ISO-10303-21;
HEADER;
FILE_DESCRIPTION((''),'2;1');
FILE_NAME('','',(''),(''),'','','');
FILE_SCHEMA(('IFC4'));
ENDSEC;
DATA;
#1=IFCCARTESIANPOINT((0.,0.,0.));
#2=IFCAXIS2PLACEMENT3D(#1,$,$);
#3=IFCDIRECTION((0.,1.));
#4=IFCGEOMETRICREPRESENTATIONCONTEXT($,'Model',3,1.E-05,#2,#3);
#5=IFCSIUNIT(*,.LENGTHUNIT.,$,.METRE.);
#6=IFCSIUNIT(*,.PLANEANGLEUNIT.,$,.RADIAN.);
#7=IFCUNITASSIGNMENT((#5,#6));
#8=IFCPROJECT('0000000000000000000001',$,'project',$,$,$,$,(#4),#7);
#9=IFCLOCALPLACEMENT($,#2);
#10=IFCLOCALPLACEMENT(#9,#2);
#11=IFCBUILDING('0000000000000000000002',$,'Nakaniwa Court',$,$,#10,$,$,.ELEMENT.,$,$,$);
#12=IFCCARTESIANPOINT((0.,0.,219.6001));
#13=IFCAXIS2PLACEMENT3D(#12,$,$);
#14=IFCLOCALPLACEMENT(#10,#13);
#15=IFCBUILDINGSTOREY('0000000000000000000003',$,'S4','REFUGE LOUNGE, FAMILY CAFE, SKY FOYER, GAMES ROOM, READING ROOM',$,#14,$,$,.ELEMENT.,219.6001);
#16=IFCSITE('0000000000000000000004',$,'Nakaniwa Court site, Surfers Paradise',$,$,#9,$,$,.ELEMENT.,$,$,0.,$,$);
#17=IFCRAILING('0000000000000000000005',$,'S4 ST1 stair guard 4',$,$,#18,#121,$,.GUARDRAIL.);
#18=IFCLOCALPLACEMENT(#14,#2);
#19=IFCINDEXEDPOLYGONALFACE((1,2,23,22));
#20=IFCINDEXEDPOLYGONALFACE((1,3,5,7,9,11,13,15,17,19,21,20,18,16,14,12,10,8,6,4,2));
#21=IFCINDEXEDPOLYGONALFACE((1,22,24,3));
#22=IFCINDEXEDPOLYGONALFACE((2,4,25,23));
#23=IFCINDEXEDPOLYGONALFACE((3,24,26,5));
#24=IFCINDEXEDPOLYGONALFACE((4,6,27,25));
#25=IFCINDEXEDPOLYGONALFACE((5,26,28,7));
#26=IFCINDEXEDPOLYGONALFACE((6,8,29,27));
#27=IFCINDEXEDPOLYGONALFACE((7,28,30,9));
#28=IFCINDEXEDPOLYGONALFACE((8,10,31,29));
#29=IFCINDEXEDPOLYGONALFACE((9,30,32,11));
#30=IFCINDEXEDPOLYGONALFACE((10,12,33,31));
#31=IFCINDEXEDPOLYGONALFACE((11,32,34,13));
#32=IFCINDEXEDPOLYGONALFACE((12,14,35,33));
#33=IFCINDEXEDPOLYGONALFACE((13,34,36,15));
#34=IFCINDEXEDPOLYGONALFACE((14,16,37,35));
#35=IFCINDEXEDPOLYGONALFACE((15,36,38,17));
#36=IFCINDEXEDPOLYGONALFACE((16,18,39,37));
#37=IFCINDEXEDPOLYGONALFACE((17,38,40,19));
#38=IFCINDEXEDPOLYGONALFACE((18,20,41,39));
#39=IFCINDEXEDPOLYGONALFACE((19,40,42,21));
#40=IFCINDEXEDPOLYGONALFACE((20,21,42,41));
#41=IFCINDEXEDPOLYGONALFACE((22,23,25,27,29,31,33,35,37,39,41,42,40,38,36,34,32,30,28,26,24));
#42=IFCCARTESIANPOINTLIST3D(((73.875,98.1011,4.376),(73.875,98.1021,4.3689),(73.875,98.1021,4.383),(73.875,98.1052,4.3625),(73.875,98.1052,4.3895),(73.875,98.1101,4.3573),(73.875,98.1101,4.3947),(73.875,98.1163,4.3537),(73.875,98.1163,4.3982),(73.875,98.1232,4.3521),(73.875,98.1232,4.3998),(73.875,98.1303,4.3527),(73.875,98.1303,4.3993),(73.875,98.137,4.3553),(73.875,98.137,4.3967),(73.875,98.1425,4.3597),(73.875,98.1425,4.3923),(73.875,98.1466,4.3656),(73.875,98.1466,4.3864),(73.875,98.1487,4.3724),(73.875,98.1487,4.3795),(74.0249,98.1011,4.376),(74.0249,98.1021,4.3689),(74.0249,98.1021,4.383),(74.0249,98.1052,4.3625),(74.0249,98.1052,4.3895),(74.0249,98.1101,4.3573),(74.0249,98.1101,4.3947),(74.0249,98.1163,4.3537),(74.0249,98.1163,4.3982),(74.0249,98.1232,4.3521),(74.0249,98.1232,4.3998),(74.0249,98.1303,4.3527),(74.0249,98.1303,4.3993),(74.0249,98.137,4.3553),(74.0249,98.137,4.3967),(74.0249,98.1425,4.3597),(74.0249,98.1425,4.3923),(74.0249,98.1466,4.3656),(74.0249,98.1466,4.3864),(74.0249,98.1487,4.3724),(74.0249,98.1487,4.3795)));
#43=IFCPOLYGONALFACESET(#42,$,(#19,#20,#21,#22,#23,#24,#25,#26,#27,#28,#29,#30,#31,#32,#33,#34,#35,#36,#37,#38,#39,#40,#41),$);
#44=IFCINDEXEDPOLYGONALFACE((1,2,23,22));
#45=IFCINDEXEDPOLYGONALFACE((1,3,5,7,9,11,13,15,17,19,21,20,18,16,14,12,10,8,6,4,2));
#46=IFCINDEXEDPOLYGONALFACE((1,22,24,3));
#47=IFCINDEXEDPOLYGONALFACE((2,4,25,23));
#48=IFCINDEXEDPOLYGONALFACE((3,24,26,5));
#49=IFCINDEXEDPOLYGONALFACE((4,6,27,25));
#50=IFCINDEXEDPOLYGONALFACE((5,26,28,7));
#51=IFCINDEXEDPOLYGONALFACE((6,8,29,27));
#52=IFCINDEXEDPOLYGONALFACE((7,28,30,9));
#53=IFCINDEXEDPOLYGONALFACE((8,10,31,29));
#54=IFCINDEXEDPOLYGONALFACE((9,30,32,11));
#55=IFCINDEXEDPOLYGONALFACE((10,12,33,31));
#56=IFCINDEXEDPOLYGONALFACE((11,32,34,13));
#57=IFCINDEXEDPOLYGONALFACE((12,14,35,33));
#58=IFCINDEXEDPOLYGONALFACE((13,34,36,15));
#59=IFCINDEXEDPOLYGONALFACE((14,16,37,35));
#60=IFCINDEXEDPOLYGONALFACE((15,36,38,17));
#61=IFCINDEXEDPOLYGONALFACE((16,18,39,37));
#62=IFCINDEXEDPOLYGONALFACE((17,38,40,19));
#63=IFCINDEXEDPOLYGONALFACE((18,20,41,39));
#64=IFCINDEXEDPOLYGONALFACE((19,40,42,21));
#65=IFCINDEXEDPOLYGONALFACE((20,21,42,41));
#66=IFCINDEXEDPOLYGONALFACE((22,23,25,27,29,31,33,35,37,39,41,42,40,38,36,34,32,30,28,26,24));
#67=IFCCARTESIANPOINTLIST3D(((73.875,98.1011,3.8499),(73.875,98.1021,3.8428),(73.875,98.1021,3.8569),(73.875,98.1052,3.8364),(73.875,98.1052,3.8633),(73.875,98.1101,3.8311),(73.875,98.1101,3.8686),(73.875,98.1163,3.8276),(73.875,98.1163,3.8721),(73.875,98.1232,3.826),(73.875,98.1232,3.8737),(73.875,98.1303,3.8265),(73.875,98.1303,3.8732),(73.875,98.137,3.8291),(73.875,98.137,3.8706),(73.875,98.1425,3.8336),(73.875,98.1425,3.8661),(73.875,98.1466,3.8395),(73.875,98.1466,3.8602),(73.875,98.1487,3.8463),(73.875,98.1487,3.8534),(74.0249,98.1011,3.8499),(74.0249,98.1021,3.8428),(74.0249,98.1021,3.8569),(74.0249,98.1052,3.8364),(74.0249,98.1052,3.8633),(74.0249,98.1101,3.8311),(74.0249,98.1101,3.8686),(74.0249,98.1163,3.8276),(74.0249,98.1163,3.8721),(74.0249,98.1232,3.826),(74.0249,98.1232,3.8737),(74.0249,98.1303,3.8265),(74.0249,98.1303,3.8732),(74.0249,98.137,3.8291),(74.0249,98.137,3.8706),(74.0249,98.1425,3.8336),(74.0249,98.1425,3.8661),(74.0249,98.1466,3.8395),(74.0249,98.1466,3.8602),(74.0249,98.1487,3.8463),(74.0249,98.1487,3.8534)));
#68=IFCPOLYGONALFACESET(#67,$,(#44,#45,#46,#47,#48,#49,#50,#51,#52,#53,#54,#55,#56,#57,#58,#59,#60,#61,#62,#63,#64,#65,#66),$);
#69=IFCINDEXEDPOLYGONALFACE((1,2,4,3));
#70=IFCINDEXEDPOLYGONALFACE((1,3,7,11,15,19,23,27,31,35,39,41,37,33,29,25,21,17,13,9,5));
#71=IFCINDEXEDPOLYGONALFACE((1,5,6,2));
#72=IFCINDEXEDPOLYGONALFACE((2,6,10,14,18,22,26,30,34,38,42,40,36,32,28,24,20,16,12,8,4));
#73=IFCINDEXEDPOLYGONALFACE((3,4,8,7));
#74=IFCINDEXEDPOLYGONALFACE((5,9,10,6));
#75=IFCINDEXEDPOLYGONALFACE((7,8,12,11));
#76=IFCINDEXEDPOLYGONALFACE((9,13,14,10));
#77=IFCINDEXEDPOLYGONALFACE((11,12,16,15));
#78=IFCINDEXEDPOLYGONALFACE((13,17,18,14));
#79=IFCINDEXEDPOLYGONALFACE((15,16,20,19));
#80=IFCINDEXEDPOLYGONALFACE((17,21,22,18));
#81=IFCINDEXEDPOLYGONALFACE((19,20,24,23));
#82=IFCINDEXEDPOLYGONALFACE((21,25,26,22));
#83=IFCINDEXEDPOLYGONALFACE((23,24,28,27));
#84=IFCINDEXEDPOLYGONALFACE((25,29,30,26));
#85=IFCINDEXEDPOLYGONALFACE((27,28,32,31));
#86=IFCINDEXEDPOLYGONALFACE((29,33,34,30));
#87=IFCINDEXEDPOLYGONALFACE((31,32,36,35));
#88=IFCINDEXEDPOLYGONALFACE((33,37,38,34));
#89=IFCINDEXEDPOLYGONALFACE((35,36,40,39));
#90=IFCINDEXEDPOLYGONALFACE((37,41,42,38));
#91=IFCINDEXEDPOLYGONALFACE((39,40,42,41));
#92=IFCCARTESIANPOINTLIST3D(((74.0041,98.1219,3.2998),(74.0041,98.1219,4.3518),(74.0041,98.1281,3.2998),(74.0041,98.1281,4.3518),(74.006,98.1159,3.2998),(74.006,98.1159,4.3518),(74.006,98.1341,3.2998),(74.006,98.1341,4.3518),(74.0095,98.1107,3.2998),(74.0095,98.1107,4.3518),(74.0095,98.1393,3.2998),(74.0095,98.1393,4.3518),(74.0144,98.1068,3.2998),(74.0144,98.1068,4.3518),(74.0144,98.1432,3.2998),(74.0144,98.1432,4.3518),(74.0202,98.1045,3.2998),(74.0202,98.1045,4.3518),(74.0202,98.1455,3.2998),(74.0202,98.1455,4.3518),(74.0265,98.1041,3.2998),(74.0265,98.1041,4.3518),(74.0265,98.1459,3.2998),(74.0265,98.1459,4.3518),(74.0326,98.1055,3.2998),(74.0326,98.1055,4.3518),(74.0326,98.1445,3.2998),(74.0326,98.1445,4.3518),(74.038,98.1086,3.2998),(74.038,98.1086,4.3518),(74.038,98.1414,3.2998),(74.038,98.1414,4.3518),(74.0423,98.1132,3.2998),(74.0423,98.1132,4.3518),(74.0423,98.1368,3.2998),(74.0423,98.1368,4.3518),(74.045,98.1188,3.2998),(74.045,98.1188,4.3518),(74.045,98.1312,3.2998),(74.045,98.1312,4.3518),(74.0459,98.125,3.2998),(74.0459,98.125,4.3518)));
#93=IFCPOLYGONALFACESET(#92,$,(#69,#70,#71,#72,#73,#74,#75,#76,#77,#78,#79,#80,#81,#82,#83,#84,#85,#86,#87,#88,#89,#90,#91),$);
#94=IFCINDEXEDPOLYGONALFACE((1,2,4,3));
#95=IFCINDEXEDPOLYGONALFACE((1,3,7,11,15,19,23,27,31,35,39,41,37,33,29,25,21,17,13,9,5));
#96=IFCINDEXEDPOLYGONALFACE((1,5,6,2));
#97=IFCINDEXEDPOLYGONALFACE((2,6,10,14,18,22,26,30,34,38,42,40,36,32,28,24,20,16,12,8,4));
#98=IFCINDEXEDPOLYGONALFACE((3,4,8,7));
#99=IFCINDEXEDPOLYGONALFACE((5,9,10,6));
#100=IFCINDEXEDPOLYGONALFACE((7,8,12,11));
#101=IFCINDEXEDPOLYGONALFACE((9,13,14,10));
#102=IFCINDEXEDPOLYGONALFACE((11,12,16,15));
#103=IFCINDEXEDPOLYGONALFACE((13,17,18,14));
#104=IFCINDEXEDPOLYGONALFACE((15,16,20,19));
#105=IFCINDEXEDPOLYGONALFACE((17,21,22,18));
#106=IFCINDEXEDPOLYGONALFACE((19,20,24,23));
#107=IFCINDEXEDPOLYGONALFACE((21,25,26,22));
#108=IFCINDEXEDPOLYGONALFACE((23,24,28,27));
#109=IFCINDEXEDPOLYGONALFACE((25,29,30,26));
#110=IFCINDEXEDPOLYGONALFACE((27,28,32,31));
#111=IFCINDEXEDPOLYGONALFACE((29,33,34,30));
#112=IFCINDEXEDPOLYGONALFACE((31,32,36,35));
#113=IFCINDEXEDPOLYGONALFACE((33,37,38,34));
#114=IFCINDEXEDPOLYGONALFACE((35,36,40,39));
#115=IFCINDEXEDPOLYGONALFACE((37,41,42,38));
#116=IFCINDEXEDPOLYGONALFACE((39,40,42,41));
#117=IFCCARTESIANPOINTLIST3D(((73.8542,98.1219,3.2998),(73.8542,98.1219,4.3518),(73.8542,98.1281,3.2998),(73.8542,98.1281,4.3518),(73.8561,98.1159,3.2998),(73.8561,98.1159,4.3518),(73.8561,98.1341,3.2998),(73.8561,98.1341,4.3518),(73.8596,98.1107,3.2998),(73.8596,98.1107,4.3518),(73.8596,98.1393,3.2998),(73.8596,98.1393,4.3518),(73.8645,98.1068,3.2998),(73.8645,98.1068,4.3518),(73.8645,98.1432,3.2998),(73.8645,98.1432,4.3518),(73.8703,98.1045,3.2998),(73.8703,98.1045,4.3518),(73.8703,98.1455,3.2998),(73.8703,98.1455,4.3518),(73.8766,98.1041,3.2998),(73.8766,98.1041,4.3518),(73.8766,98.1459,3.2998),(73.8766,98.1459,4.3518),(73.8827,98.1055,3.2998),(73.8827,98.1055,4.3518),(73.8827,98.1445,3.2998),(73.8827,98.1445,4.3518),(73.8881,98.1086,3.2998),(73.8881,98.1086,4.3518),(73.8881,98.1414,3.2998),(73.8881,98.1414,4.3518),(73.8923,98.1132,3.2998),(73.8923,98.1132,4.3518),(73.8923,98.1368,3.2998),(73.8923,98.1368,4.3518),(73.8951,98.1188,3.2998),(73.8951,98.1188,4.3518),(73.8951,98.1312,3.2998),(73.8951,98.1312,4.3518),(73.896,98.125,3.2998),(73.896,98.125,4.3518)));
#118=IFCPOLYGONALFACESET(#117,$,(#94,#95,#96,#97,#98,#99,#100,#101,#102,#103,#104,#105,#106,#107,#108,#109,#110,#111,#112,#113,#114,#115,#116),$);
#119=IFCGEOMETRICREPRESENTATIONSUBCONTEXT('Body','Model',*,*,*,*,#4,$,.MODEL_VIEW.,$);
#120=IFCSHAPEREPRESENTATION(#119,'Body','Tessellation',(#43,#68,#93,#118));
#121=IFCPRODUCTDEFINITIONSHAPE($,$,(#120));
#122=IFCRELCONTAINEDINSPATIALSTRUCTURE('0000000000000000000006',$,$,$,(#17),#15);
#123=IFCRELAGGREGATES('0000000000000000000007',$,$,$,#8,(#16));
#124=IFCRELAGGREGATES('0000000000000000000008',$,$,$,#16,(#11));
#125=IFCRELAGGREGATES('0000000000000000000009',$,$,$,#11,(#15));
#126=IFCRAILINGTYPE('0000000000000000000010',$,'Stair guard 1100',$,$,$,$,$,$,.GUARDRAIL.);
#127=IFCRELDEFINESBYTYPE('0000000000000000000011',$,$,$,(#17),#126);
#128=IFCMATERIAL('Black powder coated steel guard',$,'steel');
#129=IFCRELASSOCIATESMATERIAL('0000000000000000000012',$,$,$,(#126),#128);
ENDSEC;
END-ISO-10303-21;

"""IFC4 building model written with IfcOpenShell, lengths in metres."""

from ifc_helpers import new_model, si_unit, direction, frame, origin, origin_2d, place, context, subcontext, project, spatial, circle, extrude, material, type_object, element, save


model = new_model("IFC4")

# Units and contexts
model_context = context("Model", 3, precision=1e-05, world=origin(), true_north=direction((0.0, 1.0)))
body_context = subcontext(model_context, "Body", "Model", "MODEL_VIEW")
ifc_project = project(units=[si_unit("LENGTHUNIT", "METRE"), si_unit("PLANEANGLEUNIT", "RADIAN")], contexts=[model_context])

# Site, building, storey
site_placement = place(None, origin())
site = spatial("IfcSite", under=ifc_project, at=site_placement, Name="Nakaniwa Court site, Surfers Paradise", CompositionType="ELEMENT", RefElevation=0.0)
building_placement = place(site_placement, origin())
building = spatial("IfcBuilding", under=site, at=building_placement, Name="Nakaniwa Court", CompositionType="ELEMENT")
storey_placement = place(building_placement, frame((0.0, 0.0, 219.6001)))
storey = spatial("IfcBuildingStorey", under=building, at=storey_placement, Name="S4", Description="REFUGE LOUNGE, FAMILY CAFE, SKY FOYER, GAMES ROOM, READING ROOM", CompositionType="ELEMENT", Elevation=219.6001)

# Railing
ifc_material_1 = material(Name="Black powder coated steel guard", Category="steel")
railing_type_1 = type_object("IfcRailingType", Name="Stair guard 1100", PredefinedType="GUARDRAIL", material=ifc_material_1)
railing_1_placement = place(storey_placement, frame((74.0249, 98.125, 3.2998)))
element("IfcRailing", 1, at=railing_1_placement, inside=storey, type_object=railing_type_1, Name="S4 ST1 stair guard 4", PredefinedType="GUARDRAIL", context=body_context, shape_type="SweptSolid", body=[
    extrude(circle(Radius=0.0239, at=origin_2d()), frame((0.0, 0.0, 1.0762), z_axis=(-1.0, 0.0, 0.0), x_axis=(0.0, -1.0, 0.0)), (0.0, 0.0, 1.0), 0.1499),
    extrude(circle(Radius=0.0239, at=origin_2d()), frame((0.0, 0.0, 0.55), z_axis=(-1.0, 0.0, 0.0), x_axis=(0.0, -1.0, 0.0)), (0.0, 0.0, 1.0), 0.1499),
    extrude(circle(Radius=0.021, at=origin_2d()), origin(), (0.0, 0.0, 1.0), 1.052),
    extrude(circle(Radius=0.021, at=origin_2d()), frame((-0.1499, 0.0, 0.0)), (0.0, 0.0, 1.0), 1.052),
])

save(model, "model.ifc")
